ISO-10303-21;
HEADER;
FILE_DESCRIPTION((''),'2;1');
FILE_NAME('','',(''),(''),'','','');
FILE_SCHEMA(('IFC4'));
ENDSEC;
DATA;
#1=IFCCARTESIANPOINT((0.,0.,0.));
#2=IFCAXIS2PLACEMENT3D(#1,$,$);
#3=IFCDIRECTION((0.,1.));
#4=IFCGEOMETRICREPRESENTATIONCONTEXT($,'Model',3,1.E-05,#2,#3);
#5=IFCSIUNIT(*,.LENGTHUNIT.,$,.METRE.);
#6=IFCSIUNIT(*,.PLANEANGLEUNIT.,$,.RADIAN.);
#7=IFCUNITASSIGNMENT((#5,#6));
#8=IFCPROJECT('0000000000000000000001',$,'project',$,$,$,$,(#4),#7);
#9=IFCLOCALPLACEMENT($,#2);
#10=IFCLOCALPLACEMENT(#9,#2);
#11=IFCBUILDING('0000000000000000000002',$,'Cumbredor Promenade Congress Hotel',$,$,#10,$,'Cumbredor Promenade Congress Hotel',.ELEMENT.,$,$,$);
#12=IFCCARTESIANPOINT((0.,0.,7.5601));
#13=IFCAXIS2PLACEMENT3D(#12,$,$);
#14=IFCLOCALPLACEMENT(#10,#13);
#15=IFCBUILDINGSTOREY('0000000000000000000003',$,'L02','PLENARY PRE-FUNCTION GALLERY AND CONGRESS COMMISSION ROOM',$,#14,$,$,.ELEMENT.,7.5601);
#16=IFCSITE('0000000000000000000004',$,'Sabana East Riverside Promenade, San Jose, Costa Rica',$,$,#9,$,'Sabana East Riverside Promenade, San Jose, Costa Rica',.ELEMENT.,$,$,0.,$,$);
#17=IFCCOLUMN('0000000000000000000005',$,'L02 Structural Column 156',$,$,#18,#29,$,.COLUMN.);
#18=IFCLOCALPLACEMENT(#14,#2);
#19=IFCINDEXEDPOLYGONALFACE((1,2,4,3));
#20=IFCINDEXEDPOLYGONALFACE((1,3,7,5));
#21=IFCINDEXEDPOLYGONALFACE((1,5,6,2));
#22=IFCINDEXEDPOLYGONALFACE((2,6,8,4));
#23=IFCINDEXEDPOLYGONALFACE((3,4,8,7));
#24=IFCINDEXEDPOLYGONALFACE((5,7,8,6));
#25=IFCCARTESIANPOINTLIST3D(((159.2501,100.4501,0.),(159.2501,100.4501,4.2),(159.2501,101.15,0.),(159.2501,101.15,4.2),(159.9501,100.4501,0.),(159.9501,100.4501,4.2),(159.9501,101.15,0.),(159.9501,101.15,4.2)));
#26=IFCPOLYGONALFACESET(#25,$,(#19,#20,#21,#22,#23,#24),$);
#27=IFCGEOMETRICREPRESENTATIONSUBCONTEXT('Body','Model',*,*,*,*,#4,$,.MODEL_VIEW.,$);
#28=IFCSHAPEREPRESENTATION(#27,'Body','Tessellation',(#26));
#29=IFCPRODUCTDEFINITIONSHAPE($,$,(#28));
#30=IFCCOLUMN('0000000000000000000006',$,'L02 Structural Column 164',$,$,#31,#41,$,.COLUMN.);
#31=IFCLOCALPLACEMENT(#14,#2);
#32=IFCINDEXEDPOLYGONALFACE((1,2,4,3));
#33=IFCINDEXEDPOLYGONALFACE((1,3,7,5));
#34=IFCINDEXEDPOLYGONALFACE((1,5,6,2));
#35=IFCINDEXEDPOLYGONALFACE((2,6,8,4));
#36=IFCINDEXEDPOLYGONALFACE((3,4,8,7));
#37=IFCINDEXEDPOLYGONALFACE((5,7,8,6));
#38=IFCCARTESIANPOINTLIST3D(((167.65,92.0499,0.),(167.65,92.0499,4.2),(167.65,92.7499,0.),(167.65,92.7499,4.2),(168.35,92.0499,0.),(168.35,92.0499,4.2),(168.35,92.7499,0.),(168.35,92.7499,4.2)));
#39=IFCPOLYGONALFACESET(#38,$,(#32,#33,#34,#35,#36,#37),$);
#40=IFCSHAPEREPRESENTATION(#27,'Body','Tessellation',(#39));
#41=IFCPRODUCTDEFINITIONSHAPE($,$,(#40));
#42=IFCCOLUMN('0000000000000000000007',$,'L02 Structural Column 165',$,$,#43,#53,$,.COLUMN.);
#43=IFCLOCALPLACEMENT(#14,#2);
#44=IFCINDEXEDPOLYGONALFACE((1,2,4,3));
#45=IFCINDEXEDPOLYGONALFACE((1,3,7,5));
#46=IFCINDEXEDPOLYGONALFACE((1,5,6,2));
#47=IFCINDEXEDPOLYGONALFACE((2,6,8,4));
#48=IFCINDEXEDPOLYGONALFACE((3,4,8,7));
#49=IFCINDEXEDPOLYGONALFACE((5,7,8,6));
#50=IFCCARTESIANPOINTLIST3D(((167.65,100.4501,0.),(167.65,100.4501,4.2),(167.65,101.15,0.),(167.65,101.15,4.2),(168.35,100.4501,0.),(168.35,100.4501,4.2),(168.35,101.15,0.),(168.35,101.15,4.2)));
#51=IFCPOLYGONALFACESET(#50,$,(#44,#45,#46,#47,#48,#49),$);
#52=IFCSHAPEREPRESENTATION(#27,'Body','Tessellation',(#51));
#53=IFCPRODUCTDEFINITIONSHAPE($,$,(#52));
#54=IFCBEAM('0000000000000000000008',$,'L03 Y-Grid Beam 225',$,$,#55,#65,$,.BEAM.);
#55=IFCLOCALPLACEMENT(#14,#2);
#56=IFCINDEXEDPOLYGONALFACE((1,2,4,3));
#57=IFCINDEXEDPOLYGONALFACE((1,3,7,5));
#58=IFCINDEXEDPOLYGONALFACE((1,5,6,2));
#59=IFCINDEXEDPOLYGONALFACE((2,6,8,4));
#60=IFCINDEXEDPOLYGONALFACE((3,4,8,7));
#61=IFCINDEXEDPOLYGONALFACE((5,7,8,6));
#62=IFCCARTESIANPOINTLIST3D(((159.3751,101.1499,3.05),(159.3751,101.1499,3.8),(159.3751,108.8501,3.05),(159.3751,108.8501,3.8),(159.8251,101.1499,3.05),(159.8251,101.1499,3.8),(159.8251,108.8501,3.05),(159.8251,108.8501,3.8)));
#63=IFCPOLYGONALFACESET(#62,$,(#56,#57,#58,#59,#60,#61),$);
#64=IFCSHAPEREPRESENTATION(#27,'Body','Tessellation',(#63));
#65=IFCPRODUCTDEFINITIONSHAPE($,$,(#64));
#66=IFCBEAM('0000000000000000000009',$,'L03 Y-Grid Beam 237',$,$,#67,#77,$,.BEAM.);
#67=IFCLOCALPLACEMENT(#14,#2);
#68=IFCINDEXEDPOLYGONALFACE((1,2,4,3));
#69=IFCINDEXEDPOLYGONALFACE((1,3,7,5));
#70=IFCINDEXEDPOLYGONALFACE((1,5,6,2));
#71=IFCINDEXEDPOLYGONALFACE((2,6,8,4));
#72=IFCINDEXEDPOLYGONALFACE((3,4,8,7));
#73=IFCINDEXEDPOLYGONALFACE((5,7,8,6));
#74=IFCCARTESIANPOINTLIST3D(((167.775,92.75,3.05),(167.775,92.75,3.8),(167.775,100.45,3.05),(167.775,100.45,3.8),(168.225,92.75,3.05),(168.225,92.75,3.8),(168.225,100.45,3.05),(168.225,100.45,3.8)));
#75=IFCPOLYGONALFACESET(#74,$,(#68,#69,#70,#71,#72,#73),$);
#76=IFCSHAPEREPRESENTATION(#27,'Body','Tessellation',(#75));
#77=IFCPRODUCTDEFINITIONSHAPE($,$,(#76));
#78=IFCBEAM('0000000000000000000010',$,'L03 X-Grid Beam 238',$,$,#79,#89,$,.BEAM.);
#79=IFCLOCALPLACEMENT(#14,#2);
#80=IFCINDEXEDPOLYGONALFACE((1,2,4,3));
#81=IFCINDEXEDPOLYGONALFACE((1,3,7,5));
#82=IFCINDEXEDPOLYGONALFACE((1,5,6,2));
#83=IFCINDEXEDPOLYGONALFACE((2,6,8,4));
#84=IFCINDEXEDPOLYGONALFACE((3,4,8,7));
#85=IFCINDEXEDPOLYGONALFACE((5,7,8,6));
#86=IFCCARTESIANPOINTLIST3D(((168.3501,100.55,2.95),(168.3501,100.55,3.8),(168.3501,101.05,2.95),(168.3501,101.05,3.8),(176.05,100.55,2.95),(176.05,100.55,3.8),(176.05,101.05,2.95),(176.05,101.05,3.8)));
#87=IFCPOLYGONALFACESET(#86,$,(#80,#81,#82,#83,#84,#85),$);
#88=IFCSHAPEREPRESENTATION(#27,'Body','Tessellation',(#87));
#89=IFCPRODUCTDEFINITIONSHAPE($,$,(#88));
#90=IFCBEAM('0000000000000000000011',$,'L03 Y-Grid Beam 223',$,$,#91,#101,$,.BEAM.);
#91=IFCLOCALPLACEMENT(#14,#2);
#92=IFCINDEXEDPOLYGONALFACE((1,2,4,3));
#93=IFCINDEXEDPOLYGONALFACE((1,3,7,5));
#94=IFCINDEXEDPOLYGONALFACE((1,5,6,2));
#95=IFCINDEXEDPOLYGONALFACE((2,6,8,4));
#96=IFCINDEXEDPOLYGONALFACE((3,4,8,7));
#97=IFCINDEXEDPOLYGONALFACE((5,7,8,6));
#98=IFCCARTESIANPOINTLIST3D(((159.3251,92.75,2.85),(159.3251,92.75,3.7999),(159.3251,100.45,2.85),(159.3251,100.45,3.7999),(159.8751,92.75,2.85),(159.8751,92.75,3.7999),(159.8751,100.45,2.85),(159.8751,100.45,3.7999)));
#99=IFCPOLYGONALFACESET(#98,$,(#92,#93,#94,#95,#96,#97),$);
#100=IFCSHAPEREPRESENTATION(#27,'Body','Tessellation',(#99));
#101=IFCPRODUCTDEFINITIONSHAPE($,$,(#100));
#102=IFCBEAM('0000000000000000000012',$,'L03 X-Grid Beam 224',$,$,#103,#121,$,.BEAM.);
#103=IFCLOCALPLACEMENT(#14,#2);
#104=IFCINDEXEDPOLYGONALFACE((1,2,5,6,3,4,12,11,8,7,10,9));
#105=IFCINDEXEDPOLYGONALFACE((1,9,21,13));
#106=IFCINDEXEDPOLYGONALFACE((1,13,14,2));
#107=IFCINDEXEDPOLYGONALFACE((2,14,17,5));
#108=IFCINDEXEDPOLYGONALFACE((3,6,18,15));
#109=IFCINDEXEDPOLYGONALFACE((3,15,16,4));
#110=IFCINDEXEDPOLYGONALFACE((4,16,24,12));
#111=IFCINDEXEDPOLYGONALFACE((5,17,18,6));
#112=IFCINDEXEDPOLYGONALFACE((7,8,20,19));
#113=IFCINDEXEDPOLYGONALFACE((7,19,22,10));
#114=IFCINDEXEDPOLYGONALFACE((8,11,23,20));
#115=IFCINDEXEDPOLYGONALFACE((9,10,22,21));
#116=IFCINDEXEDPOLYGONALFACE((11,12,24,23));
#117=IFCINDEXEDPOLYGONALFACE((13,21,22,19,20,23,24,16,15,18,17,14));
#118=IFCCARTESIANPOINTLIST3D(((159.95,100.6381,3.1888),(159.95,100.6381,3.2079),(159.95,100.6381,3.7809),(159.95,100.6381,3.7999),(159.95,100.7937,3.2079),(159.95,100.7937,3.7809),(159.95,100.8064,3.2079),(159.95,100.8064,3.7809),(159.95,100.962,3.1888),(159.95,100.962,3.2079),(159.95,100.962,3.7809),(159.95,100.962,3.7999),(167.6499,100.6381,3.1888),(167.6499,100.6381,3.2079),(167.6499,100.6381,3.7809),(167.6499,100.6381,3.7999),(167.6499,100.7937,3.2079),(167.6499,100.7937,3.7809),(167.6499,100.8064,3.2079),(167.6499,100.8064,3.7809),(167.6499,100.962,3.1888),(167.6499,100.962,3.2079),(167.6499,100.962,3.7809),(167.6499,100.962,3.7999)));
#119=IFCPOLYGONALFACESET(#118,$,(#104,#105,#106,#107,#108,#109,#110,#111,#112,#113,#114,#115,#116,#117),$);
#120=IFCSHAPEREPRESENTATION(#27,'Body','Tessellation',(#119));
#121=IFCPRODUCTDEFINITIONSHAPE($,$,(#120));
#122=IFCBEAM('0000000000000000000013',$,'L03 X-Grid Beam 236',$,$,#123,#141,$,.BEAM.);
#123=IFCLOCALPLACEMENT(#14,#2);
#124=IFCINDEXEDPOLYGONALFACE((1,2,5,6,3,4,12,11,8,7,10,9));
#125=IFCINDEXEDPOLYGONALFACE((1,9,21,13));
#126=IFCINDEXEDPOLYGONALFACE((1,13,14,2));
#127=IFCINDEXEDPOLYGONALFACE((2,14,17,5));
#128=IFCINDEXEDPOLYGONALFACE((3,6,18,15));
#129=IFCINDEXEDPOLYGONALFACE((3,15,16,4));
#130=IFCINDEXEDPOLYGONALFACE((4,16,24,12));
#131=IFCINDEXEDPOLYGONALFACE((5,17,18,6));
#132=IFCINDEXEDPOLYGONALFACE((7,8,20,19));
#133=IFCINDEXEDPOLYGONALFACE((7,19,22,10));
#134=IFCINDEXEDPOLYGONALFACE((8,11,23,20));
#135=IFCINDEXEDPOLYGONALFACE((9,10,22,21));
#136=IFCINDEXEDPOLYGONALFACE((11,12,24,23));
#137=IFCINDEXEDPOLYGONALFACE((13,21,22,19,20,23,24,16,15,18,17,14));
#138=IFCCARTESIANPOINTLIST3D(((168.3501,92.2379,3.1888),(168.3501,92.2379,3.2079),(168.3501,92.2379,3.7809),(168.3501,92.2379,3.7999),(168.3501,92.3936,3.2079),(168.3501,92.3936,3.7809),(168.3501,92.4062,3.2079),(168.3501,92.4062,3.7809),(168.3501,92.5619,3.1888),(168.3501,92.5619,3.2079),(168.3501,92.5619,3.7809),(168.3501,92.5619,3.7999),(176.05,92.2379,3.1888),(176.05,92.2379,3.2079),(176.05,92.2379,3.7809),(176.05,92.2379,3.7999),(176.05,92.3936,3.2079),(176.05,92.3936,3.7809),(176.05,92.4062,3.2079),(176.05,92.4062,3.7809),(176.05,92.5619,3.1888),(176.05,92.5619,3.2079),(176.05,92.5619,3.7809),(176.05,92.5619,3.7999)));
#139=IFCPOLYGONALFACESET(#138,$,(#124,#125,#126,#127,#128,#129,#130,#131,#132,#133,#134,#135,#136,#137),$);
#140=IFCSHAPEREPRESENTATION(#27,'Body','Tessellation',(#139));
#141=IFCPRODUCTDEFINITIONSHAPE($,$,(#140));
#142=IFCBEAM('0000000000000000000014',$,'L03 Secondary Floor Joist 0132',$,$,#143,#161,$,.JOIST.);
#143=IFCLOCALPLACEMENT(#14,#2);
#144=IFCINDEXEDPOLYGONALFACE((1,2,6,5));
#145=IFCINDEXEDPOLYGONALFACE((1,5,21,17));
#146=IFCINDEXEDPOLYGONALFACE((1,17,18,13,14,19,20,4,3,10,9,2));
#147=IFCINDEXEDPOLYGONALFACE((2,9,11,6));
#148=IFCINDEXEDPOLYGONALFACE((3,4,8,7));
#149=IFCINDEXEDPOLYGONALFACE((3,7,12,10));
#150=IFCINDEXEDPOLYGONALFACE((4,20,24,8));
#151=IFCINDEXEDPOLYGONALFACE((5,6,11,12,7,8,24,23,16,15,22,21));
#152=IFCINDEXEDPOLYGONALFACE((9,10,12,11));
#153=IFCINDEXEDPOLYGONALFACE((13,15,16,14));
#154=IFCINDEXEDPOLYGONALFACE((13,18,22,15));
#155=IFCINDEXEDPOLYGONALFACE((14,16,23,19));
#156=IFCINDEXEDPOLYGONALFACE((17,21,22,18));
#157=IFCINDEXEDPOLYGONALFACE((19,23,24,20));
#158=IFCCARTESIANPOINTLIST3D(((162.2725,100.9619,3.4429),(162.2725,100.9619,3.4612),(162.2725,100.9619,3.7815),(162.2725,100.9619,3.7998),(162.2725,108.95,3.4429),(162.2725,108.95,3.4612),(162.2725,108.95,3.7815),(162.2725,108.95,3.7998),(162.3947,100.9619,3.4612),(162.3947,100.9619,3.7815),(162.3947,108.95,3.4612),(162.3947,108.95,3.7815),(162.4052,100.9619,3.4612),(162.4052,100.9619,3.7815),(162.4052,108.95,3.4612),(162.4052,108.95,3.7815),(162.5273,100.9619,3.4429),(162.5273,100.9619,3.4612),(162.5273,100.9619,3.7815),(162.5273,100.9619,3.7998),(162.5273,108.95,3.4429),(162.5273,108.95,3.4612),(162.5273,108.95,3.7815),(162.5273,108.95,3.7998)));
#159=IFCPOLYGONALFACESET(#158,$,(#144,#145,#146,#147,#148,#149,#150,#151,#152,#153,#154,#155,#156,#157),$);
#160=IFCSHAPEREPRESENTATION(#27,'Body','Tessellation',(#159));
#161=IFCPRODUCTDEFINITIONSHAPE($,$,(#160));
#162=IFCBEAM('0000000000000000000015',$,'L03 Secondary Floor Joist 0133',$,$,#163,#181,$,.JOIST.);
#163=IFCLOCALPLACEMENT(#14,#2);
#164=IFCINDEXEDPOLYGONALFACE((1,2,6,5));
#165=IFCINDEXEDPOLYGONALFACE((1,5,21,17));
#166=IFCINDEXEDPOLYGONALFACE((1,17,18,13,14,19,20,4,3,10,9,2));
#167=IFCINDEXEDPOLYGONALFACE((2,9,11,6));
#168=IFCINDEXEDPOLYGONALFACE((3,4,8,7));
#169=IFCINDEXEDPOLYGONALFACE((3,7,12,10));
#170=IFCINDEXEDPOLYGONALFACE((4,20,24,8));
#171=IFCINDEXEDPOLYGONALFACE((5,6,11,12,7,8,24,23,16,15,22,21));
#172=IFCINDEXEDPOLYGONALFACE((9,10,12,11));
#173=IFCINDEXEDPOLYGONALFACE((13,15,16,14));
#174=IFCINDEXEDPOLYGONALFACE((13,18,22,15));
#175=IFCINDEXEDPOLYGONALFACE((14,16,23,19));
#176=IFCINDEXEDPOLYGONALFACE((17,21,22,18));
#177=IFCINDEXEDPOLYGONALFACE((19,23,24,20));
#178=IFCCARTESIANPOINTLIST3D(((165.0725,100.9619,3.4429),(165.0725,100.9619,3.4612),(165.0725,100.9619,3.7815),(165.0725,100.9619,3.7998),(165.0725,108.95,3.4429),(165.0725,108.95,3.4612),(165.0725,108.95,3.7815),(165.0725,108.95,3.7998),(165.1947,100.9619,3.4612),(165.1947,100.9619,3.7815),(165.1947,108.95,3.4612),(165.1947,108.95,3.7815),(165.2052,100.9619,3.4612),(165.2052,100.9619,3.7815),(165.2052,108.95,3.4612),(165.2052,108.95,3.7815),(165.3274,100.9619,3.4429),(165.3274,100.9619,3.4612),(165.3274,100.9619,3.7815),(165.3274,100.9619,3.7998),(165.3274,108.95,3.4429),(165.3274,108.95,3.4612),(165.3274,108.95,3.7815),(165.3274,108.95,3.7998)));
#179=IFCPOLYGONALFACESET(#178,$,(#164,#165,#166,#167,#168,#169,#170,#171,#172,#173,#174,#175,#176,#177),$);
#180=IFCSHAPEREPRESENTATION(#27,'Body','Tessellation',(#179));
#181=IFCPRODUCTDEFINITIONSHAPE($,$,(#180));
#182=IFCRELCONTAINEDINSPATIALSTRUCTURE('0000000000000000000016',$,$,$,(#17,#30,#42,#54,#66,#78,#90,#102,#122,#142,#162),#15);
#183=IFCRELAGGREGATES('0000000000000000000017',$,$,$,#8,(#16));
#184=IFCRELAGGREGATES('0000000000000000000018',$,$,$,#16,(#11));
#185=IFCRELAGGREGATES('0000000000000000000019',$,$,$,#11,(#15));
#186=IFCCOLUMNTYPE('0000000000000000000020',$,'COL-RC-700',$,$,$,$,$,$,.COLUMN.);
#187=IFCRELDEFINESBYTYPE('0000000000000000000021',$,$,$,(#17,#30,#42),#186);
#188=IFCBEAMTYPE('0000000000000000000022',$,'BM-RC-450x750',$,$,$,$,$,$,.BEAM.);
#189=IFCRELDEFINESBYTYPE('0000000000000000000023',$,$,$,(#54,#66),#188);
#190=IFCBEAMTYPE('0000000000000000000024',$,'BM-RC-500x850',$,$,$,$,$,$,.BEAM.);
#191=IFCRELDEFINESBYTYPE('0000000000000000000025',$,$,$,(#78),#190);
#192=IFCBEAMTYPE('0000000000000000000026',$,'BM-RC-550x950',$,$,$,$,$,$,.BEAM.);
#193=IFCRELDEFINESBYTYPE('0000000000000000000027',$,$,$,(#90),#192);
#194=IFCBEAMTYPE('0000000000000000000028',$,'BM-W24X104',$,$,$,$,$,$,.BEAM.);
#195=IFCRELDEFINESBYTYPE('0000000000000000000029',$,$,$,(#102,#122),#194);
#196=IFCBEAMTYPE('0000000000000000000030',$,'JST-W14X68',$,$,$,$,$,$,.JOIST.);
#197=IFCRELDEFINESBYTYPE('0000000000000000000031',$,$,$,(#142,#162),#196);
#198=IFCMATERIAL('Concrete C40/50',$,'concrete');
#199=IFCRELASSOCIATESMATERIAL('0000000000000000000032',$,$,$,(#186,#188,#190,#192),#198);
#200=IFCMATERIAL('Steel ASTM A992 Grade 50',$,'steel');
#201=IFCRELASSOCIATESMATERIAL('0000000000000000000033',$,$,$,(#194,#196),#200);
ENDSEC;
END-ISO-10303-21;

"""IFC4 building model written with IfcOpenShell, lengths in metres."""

from ifc_helpers import new_model, si_unit, direction, frame, origin, origin_2d, place, context, subcontext, project, spatial, rectangle, i_section, extrude, material, material_profile, profile_set, type_object, element, save


model = new_model("IFC4")

# Units and contexts
model_context = context("Model", 3, precision=1e-05, world=origin(), true_north=direction((0.0, 1.0)))
body_context = subcontext(model_context, "Body", "Model", "MODEL_VIEW")
ifc_project = project(units=[si_unit("LENGTHUNIT", "METRE"), si_unit("PLANEANGLEUNIT", "RADIAN")], contexts=[model_context])

# Site, building, storey
site_placement = place(None, origin())
site = spatial("IfcSite", under=ifc_project, at=site_placement, Name="Sabana East Riverside Promenade, San Jose, Costa Rica", LongName="Sabana East Riverside Promenade, San Jose, Costa Rica", CompositionType="ELEMENT", RefElevation=0.0)
building_placement = place(site_placement, origin())
building = spatial("IfcBuilding", under=site, at=building_placement, Name="Cumbredor Promenade Congress Hotel", LongName="Cumbredor Promenade Congress Hotel", CompositionType="ELEMENT")
storey_placement = place(building_placement, frame((0.0, 0.0, 7.5601)))
storey = spatial("IfcBuildingStorey", under=building, at=storey_placement, Name="L02", Description="PLENARY PRE-FUNCTION GALLERY AND CONGRESS COMMISSION ROOM", CompositionType="ELEMENT", Elevation=7.5601)

# Columns
ifc_material_1 = material(Name="Concrete C40/50", Category="concrete")
ifc_material_profile_1 = material_profile(ifc_material_1, rectangle(XDim=0.7, YDim=0.7, at=origin_2d()), Name="RC 700x700")
ifc_profile_set_1 = profile_set([ifc_material_profile_1], Name="Concrete C40/50")
column_type = type_object("IfcColumnType", Name="COL-RC-700", PredefinedType="COLUMN", material=ifc_profile_set_1)
for number, where, z_axis, x_axis, name in (
    (1, (159.6001, 100.8, 0.0), (0.0, 0.0, 1.0), (1.0, 0.0, 0.0), "L02 Structural Column 156"),
    (2, (168.0, 92.3999, 0.0), (0.0, 0.0, 1.0), (1.0, 0.0, 0.0), "L02 Structural Column 164"),
    (3, (168.0, 100.8, 0.0), (0.0, 0.0, 1.0), (1.0, 0.0, 0.0), "L02 Structural Column 165"),
):
    element("IfcColumn", number, at=place(storey_placement, frame(where, z_axis=z_axis, x_axis=x_axis)), inside=storey, type_object=column_type, Name=name, PredefinedType="COLUMN", context=body_context, shape_type="SweptSolid", body=[
        extrude(rectangle(XDim=0.7, YDim=0.7, at=origin_2d()), origin(), (0.0, 0.0, 1.0), 4.2),
    ])

# Beams
ifc_material_profile_2 = material_profile(ifc_material_1, rectangle(XDim=0.45, YDim=0.75, at=origin_2d()), Name="RC BEAM 450x750")
ifc_profile_set_2 = profile_set([ifc_material_profile_2], Name="Concrete C40/50")
beam_type_1 = type_object("IfcBeamType", Name="BM-RC-450x750", PredefinedType="BEAM", material=ifc_profile_set_2)
beam_1_placement = place(storey_placement, frame((159.6001, 101.1499, 3.425), z_axis=(0.0, 1.0, 0.0), x_axis=(-1.0, 0.0, 0.0)))
element("IfcBeam", 4, at=beam_1_placement, inside=storey, type_object=beam_type_1, Name="L03 Y-Grid Beam 225", PredefinedType="BEAM", context=body_context, shape_type="SweptSolid", body=[
    extrude(rectangle(XDim=0.45, YDim=0.75, at=origin_2d()), origin(), (0.0, 0.0, 1.0), 7.7002),
])
beam_2_placement = place(storey_placement, frame((168.0, 92.75, 3.425), z_axis=(0.0, 1.0, 0.0), x_axis=(-1.0, 0.0, 0.0)))
element("IfcBeam", 5, at=beam_2_placement, inside=storey, type_object=beam_type_1, Name="L03 Y-Grid Beam 237", PredefinedType="BEAM", context=body_context, shape_type="SweptSolid", body=[
    extrude(rectangle(XDim=0.45, YDim=0.75, at=origin_2d()), origin(), (0.0, 0.0, 1.0), 7.7),
])
ifc_material_profile_3 = material_profile(ifc_material_1, rectangle(XDim=0.5, YDim=0.8501, at=origin_2d()), Name="RC BEAM 500x850")
ifc_profile_set_3 = profile_set([ifc_material_profile_3], Name="Concrete C40/50")
beam_type_2 = type_object("IfcBeamType", Name="BM-RC-500x850", PredefinedType="BEAM", material=ifc_profile_set_3)
beam_3_placement = place(storey_placement, frame((168.3501, 100.8, 3.375), z_axis=(1.0, 0.0, 0.0), x_axis=(0.0, 1.0, 0.0)))
element("IfcBeam", 6, at=beam_3_placement, inside=storey, type_object=beam_type_2, Name="L03 X-Grid Beam 238", PredefinedType="BEAM", context=body_context, shape_type="SweptSolid", body=[
    extrude(rectangle(XDim=0.5, YDim=0.8501, at=origin_2d()), origin(), (0.0, 0.0, 1.0), 7.7),
])
ifc_material_profile_4 = material_profile(ifc_material_1, rectangle(XDim=0.55, YDim=0.95, at=origin_2d()), Name="RC BEAM 550x950")
ifc_profile_set_4 = profile_set([ifc_material_profile_4], Name="Concrete C40/50")
beam_type_3 = type_object("IfcBeamType", Name="BM-RC-550x950", PredefinedType="BEAM", material=ifc_profile_set_4)
beam_4_placement = place(storey_placement, frame((159.6001, 92.75, 3.325), z_axis=(0.0, 1.0, 0.0), x_axis=(-1.0, 0.0, 0.0)))
element("IfcBeam", 7, at=beam_4_placement, inside=storey, type_object=beam_type_3, Name="L03 Y-Grid Beam 223", PredefinedType="BEAM", context=body_context, shape_type="SweptSolid", body=[
    extrude(rectangle(XDim=0.55, YDim=0.95, at=origin_2d()), origin(), (0.0, 0.0, 1.0), 7.7),
])
ifc_material_2 = material(Name="Steel ASTM A992 Grade 50", Category="steel")
ifc_material_profile_5 = material_profile(ifc_material_2, i_section(OverallWidth=0.324, OverallDepth=0.6111, WebThickness=0.0127, FlangeThickness=0.019, at=origin_2d()), Name="W24X104")
ifc_profile_set_5 = profile_set([ifc_material_profile_5], Name="Steel ASTM A992 Grade 50")
beam_type_4 = type_object("IfcBeamType", Name="BM-W24X104", PredefinedType="BEAM", material=ifc_profile_set_5)
for number, where, z_axis, x_axis, name in (
    (8, (159.95, 100.8, 3.4944), (1.0, 0.0, 0.0), (0.0, 1.0, 0.0), "L03 X-Grid Beam 224"),
    (9, (168.3501, 92.3999, 3.4944), (1.0, 0.0, 0.0), (0.0, 1.0, 0.0), "L03 X-Grid Beam 236"),
):
    element("IfcBeam", number, at=place(storey_placement, frame(where, z_axis=z_axis, x_axis=x_axis)), inside=storey, type_object=beam_type_4, Name=name, PredefinedType="BEAM", context=body_context, shape_type="SweptSolid", body=[
        extrude(i_section(OverallWidth=0.324, OverallDepth=0.6111, WebThickness=0.0127, FlangeThickness=0.019, at=origin_2d()), origin(), (0.0, 0.0, 1.0), 7.7),
    ])
ifc_material_profile_6 = material_profile(ifc_material_2, i_section(OverallWidth=0.2549, OverallDepth=0.3569, WebThickness=0.0105, FlangeThickness=0.0183, at=origin_2d()), Name="W14X68")
ifc_profile_set_6 = profile_set([ifc_material_profile_6], Name="Steel ASTM A992 Grade 50")
beam_type_5 = type_object("IfcBeamType", Name="JST-W14X68", PredefinedType="JOIST", material=ifc_profile_set_6)
for number, where, z_axis, x_axis, name in (
    (10, (162.3999, 100.9619, 3.6213), (0.0, 1.0, 0.0), (-1.0, 0.0, 0.0), "L03 Secondary Floor Joist 0132"),
    (11, (165.2, 100.9619, 3.6213), (0.0, 1.0, 0.0), (-1.0, 0.0, 0.0), "L03 Secondary Floor Joist 0133"),
):
    element("IfcBeam", number, at=place(storey_placement, frame(where, z_axis=z_axis, x_axis=x_axis)), inside=storey, type_object=beam_type_5, Name=name, PredefinedType="JOIST", context=body_context, shape_type="SweptSolid", body=[
        extrude(i_section(OverallWidth=0.2549, OverallDepth=0.3569, WebThickness=0.0105, FlangeThickness=0.0183, at=origin_2d()), origin(), (0.0, 0.0, 1.0), 7.988),
    ])

save(model, "model.ifc")
